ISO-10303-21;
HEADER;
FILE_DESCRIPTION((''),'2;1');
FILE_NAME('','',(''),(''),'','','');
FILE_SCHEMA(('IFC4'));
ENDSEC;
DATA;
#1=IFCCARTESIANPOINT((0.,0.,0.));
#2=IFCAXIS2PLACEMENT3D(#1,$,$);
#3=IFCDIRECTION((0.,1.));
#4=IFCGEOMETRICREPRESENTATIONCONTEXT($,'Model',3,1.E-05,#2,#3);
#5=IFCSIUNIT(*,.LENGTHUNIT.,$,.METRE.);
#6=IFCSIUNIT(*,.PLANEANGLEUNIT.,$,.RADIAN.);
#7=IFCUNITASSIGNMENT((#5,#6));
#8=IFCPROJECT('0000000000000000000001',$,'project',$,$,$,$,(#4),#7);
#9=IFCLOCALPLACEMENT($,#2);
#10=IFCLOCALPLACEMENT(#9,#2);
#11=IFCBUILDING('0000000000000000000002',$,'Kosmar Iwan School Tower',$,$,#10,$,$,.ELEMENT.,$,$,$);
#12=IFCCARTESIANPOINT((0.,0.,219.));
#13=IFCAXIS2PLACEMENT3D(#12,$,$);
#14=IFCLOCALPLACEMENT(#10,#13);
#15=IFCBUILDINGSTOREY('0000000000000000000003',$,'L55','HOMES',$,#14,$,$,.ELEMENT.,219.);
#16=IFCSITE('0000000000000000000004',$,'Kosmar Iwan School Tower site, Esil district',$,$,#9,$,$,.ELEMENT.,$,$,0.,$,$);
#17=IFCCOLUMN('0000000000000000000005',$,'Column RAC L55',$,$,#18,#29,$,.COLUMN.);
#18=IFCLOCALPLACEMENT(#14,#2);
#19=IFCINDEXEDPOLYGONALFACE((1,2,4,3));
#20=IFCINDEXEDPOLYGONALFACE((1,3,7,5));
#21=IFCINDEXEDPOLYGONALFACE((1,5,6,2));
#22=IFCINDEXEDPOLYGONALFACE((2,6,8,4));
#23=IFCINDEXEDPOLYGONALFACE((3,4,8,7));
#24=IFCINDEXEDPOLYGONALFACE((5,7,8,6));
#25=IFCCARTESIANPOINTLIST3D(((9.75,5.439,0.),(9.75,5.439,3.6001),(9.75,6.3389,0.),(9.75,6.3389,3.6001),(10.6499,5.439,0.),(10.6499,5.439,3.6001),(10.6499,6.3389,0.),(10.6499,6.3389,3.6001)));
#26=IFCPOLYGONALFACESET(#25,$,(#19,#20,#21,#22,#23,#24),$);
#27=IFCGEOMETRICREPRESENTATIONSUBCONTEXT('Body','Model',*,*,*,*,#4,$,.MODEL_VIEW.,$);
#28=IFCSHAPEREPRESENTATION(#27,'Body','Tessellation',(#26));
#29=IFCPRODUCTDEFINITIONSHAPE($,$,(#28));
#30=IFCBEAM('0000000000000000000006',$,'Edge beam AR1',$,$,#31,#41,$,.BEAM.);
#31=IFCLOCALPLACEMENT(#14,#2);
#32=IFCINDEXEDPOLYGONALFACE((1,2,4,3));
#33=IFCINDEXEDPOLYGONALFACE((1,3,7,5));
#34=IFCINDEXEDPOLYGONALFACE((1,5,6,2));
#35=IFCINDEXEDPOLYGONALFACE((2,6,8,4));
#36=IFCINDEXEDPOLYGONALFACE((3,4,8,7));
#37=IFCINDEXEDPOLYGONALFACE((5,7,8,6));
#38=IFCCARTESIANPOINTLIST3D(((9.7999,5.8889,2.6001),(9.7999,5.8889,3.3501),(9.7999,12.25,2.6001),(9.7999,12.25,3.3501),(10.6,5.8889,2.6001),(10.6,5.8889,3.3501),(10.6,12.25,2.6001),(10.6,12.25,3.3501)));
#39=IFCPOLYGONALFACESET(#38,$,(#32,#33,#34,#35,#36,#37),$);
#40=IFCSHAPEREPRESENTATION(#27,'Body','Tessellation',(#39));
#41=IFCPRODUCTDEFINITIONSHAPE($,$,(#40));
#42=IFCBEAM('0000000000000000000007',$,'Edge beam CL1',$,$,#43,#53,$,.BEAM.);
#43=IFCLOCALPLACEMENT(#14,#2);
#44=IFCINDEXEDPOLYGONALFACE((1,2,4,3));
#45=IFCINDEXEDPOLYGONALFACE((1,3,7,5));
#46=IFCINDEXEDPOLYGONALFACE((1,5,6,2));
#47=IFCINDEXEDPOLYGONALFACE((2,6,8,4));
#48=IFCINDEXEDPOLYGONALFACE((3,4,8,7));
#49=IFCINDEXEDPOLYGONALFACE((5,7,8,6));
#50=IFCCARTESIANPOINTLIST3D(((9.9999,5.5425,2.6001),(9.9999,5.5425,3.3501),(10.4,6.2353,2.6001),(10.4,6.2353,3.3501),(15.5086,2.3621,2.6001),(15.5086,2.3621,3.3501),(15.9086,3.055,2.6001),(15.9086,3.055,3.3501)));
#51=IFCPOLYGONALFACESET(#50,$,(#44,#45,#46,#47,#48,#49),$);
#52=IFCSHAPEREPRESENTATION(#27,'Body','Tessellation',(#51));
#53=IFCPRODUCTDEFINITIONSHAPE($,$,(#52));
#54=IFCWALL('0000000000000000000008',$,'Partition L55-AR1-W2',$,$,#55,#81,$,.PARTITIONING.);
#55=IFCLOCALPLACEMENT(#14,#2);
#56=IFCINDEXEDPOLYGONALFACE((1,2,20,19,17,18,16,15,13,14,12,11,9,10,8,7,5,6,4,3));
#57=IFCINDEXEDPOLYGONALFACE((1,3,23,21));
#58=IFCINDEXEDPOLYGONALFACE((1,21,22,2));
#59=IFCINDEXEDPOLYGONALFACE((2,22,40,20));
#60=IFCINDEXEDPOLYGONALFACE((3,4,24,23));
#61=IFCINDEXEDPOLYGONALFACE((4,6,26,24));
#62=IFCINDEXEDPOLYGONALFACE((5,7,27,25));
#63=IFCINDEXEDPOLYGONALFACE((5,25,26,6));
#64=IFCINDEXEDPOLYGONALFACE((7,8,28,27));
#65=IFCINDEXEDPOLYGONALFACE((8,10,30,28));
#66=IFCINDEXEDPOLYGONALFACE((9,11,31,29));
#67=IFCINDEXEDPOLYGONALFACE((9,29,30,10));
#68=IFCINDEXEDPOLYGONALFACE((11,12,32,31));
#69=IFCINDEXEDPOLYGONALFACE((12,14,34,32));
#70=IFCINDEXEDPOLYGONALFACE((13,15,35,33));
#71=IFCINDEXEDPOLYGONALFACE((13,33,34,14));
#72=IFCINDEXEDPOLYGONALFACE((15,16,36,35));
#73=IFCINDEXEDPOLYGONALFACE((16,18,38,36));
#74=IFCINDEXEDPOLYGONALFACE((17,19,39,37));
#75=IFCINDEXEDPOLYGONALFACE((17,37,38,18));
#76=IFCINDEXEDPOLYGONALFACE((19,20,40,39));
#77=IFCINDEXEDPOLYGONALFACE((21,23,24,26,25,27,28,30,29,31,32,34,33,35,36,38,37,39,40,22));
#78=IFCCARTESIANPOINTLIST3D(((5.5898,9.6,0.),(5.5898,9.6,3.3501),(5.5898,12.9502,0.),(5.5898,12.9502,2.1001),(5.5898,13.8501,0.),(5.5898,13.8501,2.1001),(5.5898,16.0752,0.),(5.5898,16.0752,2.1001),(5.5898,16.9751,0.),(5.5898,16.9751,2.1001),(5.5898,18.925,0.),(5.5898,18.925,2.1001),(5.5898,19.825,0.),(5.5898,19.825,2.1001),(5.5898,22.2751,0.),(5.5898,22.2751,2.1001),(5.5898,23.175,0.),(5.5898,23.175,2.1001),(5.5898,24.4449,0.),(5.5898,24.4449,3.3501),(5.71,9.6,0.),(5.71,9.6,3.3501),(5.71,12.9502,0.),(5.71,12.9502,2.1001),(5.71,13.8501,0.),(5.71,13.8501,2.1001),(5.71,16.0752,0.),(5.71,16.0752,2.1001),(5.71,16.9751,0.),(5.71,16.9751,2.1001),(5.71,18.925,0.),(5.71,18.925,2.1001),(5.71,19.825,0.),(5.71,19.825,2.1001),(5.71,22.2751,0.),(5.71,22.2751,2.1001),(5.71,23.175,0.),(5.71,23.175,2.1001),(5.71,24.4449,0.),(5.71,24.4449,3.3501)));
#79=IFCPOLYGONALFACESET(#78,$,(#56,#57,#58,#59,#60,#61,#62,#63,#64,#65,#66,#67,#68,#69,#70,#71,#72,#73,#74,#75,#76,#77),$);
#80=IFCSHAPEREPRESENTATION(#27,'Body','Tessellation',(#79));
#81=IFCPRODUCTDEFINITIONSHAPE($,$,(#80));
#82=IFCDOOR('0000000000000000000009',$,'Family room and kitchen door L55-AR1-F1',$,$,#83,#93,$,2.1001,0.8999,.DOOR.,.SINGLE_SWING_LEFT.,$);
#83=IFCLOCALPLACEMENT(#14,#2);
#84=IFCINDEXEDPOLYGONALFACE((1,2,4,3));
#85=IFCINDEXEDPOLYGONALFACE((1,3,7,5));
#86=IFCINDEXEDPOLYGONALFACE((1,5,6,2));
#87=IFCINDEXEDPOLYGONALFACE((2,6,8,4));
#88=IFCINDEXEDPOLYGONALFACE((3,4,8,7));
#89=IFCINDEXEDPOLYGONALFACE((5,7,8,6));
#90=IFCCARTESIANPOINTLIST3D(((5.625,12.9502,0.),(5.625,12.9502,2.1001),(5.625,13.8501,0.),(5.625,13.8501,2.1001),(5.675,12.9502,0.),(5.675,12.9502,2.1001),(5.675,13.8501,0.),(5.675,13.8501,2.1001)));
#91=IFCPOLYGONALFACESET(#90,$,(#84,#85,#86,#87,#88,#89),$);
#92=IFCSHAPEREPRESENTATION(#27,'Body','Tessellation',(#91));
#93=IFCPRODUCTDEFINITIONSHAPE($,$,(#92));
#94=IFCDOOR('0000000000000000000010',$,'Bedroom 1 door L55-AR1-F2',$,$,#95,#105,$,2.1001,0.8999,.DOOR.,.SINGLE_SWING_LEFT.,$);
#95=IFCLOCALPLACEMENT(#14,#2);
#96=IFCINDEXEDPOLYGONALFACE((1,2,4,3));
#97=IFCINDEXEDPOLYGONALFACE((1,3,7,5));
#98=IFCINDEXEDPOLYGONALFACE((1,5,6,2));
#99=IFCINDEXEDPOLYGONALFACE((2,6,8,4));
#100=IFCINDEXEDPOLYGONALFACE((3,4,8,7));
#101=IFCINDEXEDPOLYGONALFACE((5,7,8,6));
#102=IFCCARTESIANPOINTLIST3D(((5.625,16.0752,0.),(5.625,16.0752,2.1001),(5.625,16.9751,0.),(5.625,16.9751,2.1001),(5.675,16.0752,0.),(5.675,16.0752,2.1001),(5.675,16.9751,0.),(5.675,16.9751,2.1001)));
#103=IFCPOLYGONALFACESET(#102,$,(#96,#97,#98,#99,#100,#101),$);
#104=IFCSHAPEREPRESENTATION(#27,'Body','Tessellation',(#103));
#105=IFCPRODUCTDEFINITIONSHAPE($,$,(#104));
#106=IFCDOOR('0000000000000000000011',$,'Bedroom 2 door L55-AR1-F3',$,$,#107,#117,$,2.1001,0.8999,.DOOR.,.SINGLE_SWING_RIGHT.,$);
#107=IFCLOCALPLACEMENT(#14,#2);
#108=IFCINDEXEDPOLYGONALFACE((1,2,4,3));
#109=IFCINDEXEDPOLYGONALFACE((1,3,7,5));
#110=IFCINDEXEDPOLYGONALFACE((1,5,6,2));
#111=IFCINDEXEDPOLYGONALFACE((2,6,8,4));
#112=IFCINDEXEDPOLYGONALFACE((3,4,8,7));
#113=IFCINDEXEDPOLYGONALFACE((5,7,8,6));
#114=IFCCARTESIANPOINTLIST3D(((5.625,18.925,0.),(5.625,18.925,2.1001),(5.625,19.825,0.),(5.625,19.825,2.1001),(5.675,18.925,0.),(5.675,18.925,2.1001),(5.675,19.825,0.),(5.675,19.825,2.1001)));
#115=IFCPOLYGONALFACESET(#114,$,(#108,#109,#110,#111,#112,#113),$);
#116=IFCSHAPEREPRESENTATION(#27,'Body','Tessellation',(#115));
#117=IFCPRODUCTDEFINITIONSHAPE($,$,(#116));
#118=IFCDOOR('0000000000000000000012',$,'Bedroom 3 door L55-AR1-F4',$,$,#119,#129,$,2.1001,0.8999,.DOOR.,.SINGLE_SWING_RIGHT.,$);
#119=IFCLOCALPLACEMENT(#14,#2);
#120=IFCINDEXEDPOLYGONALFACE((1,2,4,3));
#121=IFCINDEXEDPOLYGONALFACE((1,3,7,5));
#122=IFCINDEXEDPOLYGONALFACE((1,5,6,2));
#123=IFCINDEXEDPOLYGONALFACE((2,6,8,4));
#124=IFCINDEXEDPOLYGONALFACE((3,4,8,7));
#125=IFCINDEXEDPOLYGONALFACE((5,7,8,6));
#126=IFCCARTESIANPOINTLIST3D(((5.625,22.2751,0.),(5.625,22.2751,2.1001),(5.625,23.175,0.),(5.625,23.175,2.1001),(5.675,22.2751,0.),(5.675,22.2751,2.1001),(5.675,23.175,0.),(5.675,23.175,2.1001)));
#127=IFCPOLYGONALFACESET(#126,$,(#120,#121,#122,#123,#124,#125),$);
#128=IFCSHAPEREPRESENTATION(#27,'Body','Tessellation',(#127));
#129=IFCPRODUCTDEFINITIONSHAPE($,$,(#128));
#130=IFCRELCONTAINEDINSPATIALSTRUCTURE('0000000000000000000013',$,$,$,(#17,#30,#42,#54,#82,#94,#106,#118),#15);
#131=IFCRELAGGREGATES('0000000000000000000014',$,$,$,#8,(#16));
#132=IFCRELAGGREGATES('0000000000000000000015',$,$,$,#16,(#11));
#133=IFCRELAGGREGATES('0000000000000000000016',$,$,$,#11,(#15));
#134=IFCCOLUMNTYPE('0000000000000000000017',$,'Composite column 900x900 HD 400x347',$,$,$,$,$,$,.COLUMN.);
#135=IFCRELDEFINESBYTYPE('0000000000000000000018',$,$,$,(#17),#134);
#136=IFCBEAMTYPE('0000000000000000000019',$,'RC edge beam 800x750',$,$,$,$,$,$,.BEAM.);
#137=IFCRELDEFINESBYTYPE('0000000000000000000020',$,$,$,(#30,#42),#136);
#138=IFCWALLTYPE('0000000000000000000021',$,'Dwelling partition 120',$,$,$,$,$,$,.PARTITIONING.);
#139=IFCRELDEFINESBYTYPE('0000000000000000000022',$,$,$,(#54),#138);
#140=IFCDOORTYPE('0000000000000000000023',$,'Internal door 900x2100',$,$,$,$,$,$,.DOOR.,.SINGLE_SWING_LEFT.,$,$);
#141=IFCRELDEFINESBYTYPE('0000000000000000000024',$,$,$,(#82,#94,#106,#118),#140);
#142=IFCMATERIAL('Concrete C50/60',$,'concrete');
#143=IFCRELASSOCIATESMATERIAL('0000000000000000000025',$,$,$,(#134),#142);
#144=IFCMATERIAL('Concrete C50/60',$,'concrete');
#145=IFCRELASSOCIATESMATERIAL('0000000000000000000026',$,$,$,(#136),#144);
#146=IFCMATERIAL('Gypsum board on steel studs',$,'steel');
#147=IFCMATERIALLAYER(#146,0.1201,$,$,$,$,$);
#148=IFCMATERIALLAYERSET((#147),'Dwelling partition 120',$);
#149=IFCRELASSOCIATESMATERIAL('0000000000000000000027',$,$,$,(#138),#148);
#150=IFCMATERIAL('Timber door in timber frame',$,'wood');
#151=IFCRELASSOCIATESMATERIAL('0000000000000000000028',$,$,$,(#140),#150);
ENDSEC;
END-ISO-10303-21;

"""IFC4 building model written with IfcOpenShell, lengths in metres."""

from ifc_helpers import new_model, si_unit, direction, frame, frame_2d, origin, origin_2d, place, context, subcontext, project, spatial, rectangle, extrude, material, layer, layer_set, material_profile, profile_set, type_object, element, fill, save


model = new_model("IFC4")

# Units and contexts
model_context = context("Model", 3, precision=1e-05, world=origin(), true_north=direction((0.0, 1.0)))
body_context = subcontext(model_context, "Body", "Model", "MODEL_VIEW")
ifc_project = project(units=[si_unit("LENGTHUNIT", "METRE"), si_unit("PLANEANGLEUNIT", "RADIAN")], contexts=[model_context])

# Site, building, storey
site_placement = place(None, origin())
site = spatial("IfcSite", under=ifc_project, at=site_placement, Name="Kosmar Iwan School Tower site, Esil district", CompositionType="ELEMENT", RefElevation=0.0)
building_placement = place(site_placement, origin())
building = spatial("IfcBuilding", under=site, at=building_placement, Name="Kosmar Iwan School Tower", CompositionType="ELEMENT")
storey_placement = place(building_placement, frame((0.0, 0.0, 219.0)))
storey = spatial("IfcBuildingStorey", under=building, at=storey_placement, Name="L55", Description="HOMES", CompositionType="ELEMENT", Elevation=219.0)

# Column
ifc_material_1 = material(Name="Concrete C50/60", Category="concrete")
ifc_material_profile_1 = material_profile(ifc_material_1, rectangle(XDim=0.8999, YDim=0.8999, at=origin_2d()), Name="RC 900x900 + HD 400x347")
ifc_profile_set_1 = profile_set([ifc_material_profile_1], Name="Concrete C50/60")
column_type = type_object("IfcColumnType", Name="Composite column 900x900 HD 400x347", PredefinedType="COLUMN", material=ifc_profile_set_1)
column_placement = place(storey_placement, frame((10.2, 5.8889, 0.0), z_axis=(0.0, 0.0, 1.0), x_axis=(1.0, 0.0, 0.0)))
element("IfcColumn", 1, at=column_placement, inside=storey, type_object=column_type, Name="Column RAC L55", PredefinedType="COLUMN", context=body_context, shape_type="SweptSolid", body=[
    extrude(rectangle(XDim=0.8999, YDim=0.8999, at=origin_2d()), origin(), (0.0, 0.0, 1.0), 3.6001),
])

# Beams
ifc_material_2 = material(Name="Concrete C50/60", Category="concrete")
ifc_material_profile_2 = material_profile(ifc_material_2, rectangle(XDim=0.8, YDim=0.75, at=origin_2d()), Name="RC 800x750")
ifc_profile_set_2 = profile_set([ifc_material_profile_2], Name="Concrete C50/60")
beam_type = type_object("IfcBeamType", Name="RC edge beam 800x750", PredefinedType="BEAM", material=ifc_profile_set_2)
beam_1_placement = place(storey_placement, frame((10.2, 5.8889, 2.9751), z_axis=(0.0, 1.0, 0.0), x_axis=(-1.0, 0.0, 0.0)))
element("IfcBeam", 2, at=beam_1_placement, inside=storey, type_object=beam_type, Name="Edge beam AR1", PredefinedType="BEAM", context=body_context, shape_type="SweptSolid", body=[
    extrude(rectangle(XDim=0.8, YDim=0.75, at=origin_2d()), origin(), (0.0, 0.0, 1.0), 6.3611),
])
beam_2_placement = place(storey_placement, frame((10.2, 5.8889, 2.9751), z_axis=(0.866031, -0.49999, 0.0), x_axis=(0.49999, 0.866031, 0.0)))
element("IfcBeam", 3, at=beam_2_placement, inside=storey, type_object=beam_type, Name="Edge beam CL1", PredefinedType="BEAM", context=body_context, shape_type="SweptSolid", body=[
    extrude(rectangle(XDim=0.8, YDim=0.75, at=origin_2d()), origin(), (0.0, 0.0, 1.0), 6.3608),
])

# Wall, openings, doors
ifc_material_3 = material(Name="Gypsum board on steel studs", Category="steel")
ifc_layer_1 = layer(ifc_material_3, 0.1201)
ifc_layer_set_1 = layer_set([ifc_layer_1], Name="Dwelling partition 120")
wall_type_1 = type_object("IfcWallType", Name="Dwelling partition 120", PredefinedType="PARTITIONING", material=ifc_layer_set_1)
wall_1_placement = place(storey_placement, frame((5.6499, 9.6001, 0.0), z_axis=(0.0, 0.0, 1.0), x_axis=(0.0, 1.0, 0.0)))
wall_1 = element("IfcWall", 4, at=wall_1_placement, inside=storey, type_object=wall_type_1, Name="Partition L55-AR1-W2", PredefinedType="PARTITIONING", context=body_context, shape_type="SweptSolid", body=[
    extrude(rectangle(XDim=14.845, YDim=0.1201, at=frame_2d((7.4224, 0.0))), origin(), (0.0, 0.0, 1.0), 3.3501),
])
opening_1_placement = place(wall_1_placement, frame((3.3501, 0.0, 0.0)))
opening_1 = element("IfcOpeningElement", 5, at=opening_1_placement, cuts=wall_1, PredefinedType="OPENING", context=body_context, shape_type="SweptSolid", body=[
    extrude(rectangle(XDim=0.8999, YDim=2.1001, at=frame_2d((0.45, 1.05))), frame((0.0, 0.072, 0.0), z_axis=(0.0, -1.0, 0.0), x_axis=(1.0, 0.0, 0.0)), (0.0, 0.0, 1.0), 0.144),
])
opening_2_placement = place(wall_1_placement, frame((6.4751, 0.0, 0.0)))
opening_2 = element("IfcOpeningElement", 6, at=opening_2_placement, cuts=wall_1, PredefinedType="OPENING", context=body_context, shape_type="SweptSolid", body=[
    extrude(rectangle(XDim=0.8999, YDim=2.1001, at=frame_2d((0.45, 1.05))), frame((0.0, 0.072, 0.0), z_axis=(0.0, -1.0, 0.0), x_axis=(1.0, 0.0, 0.0)), (0.0, 0.0, 1.0), 0.144),
])
opening_3_placement = place(wall_1_placement, frame((9.325, 0.0, 0.0)))
opening_3 = element("IfcOpeningElement", 7, at=opening_3_placement, cuts=wall_1, PredefinedType="OPENING", context=body_context, shape_type="SweptSolid", body=[
    extrude(rectangle(XDim=0.8999, YDim=2.1001, at=frame_2d((0.45, 1.05))), frame((0.0, 0.072, 0.0), z_axis=(0.0, -1.0, 0.0), x_axis=(1.0, 0.0, 0.0)), (0.0, 0.0, 1.0), 0.144),
])
opening_4_placement = place(wall_1_placement, frame((12.675, 0.0, 0.0)))
opening_4 = element("IfcOpeningElement", 8, at=opening_4_placement, cuts=wall_1, PredefinedType="OPENING", context=body_context, shape_type="SweptSolid", body=[
    extrude(rectangle(XDim=0.8999, YDim=2.1001, at=frame_2d((0.45, 1.05))), frame((0.0, 0.072, 0.0), z_axis=(0.0, -1.0, 0.0), x_axis=(1.0, 0.0, 0.0)), (0.0, 0.0, 1.0), 0.144),
])
ifc_material_4 = material(Name="Timber door in timber frame", Category="wood")
door_type = type_object("IfcDoorType", Name="Internal door 900x2100", OperationType="SINGLE_SWING_LEFT", PredefinedType="DOOR", material=ifc_material_4)
door_1_placement = place(opening_1_placement, origin())
door_1 = element("IfcDoor", 9, at=door_1_placement, inside=storey, type_object=door_type, Name="Family room and kitchen door L55-AR1-F1", OperationType="SINGLE_SWING_LEFT", OverallHeight=2.1001, OverallWidth=0.8999, PredefinedType="DOOR", context=body_context, shape_type="SweptSolid", body=[
    extrude(rectangle(XDim=0.8999, YDim=2.1001, at=frame_2d((0.45, 1.05))), frame((0.0, 0.0249, 0.0), z_axis=(0.0, -1.0, 0.0), x_axis=(1.0, 0.0, 0.0)), (0.0, 0.0, 1.0), 0.05),
])
fill(opening_1, door_1)
door_2_placement = place(opening_2_placement, origin())
door_2 = element("IfcDoor", 10, at=door_2_placement, inside=storey, type_object=door_type, Name="Bedroom 1 door L55-AR1-F2", OperationType="SINGLE_SWING_LEFT", OverallHeight=2.1001, OverallWidth=0.8999, PredefinedType="DOOR", context=body_context, shape_type="SweptSolid", body=[
    extrude(rectangle(XDim=0.8999, YDim=2.1001, at=frame_2d((0.45, 1.05))), frame((0.0, 0.0249, 0.0), z_axis=(0.0, -1.0, 0.0), x_axis=(1.0, 0.0, 0.0)), (0.0, 0.0, 1.0), 0.05),
])
fill(opening_2, door_2)
door_3_placement = place(opening_3_placement, origin())
door_3 = element("IfcDoor", 11, at=door_3_placement, inside=storey, type_object=door_type, Name="Bedroom 2 door L55-AR1-F3", OperationType="SINGLE_SWING_RIGHT", OverallHeight=2.1001, OverallWidth=0.8999, PredefinedType="DOOR", context=body_context, shape_type="SweptSolid", body=[
    extrude(rectangle(XDim=0.8999, YDim=2.1001, at=frame_2d((0.45, 1.05))), frame((0.0, 0.0249, 0.0), z_axis=(0.0, -1.0, 0.0), x_axis=(1.0, 0.0, 0.0)), (0.0, 0.0, 1.0), 0.05),
])
fill(opening_3, door_3)
door_4_placement = place(opening_4_placement, origin())
door_4 = element("IfcDoor", 12, at=door_4_placement, inside=storey, type_object=door_type, Name="Bedroom 3 door L55-AR1-F4", OperationType="SINGLE_SWING_RIGHT", OverallHeight=2.1001, OverallWidth=0.8999, PredefinedType="DOOR", context=body_context, shape_type="SweptSolid", body=[
    extrude(rectangle(XDim=0.8999, YDim=2.1001, at=frame_2d((0.45, 1.05))), frame((0.0, 0.0249, 0.0), z_axis=(0.0, -1.0, 0.0), x_axis=(1.0, 0.0, 0.0)), (0.0, 0.0, 1.0), 0.05),
])
fill(opening_4, door_4)

save(model, "model.ifc")
